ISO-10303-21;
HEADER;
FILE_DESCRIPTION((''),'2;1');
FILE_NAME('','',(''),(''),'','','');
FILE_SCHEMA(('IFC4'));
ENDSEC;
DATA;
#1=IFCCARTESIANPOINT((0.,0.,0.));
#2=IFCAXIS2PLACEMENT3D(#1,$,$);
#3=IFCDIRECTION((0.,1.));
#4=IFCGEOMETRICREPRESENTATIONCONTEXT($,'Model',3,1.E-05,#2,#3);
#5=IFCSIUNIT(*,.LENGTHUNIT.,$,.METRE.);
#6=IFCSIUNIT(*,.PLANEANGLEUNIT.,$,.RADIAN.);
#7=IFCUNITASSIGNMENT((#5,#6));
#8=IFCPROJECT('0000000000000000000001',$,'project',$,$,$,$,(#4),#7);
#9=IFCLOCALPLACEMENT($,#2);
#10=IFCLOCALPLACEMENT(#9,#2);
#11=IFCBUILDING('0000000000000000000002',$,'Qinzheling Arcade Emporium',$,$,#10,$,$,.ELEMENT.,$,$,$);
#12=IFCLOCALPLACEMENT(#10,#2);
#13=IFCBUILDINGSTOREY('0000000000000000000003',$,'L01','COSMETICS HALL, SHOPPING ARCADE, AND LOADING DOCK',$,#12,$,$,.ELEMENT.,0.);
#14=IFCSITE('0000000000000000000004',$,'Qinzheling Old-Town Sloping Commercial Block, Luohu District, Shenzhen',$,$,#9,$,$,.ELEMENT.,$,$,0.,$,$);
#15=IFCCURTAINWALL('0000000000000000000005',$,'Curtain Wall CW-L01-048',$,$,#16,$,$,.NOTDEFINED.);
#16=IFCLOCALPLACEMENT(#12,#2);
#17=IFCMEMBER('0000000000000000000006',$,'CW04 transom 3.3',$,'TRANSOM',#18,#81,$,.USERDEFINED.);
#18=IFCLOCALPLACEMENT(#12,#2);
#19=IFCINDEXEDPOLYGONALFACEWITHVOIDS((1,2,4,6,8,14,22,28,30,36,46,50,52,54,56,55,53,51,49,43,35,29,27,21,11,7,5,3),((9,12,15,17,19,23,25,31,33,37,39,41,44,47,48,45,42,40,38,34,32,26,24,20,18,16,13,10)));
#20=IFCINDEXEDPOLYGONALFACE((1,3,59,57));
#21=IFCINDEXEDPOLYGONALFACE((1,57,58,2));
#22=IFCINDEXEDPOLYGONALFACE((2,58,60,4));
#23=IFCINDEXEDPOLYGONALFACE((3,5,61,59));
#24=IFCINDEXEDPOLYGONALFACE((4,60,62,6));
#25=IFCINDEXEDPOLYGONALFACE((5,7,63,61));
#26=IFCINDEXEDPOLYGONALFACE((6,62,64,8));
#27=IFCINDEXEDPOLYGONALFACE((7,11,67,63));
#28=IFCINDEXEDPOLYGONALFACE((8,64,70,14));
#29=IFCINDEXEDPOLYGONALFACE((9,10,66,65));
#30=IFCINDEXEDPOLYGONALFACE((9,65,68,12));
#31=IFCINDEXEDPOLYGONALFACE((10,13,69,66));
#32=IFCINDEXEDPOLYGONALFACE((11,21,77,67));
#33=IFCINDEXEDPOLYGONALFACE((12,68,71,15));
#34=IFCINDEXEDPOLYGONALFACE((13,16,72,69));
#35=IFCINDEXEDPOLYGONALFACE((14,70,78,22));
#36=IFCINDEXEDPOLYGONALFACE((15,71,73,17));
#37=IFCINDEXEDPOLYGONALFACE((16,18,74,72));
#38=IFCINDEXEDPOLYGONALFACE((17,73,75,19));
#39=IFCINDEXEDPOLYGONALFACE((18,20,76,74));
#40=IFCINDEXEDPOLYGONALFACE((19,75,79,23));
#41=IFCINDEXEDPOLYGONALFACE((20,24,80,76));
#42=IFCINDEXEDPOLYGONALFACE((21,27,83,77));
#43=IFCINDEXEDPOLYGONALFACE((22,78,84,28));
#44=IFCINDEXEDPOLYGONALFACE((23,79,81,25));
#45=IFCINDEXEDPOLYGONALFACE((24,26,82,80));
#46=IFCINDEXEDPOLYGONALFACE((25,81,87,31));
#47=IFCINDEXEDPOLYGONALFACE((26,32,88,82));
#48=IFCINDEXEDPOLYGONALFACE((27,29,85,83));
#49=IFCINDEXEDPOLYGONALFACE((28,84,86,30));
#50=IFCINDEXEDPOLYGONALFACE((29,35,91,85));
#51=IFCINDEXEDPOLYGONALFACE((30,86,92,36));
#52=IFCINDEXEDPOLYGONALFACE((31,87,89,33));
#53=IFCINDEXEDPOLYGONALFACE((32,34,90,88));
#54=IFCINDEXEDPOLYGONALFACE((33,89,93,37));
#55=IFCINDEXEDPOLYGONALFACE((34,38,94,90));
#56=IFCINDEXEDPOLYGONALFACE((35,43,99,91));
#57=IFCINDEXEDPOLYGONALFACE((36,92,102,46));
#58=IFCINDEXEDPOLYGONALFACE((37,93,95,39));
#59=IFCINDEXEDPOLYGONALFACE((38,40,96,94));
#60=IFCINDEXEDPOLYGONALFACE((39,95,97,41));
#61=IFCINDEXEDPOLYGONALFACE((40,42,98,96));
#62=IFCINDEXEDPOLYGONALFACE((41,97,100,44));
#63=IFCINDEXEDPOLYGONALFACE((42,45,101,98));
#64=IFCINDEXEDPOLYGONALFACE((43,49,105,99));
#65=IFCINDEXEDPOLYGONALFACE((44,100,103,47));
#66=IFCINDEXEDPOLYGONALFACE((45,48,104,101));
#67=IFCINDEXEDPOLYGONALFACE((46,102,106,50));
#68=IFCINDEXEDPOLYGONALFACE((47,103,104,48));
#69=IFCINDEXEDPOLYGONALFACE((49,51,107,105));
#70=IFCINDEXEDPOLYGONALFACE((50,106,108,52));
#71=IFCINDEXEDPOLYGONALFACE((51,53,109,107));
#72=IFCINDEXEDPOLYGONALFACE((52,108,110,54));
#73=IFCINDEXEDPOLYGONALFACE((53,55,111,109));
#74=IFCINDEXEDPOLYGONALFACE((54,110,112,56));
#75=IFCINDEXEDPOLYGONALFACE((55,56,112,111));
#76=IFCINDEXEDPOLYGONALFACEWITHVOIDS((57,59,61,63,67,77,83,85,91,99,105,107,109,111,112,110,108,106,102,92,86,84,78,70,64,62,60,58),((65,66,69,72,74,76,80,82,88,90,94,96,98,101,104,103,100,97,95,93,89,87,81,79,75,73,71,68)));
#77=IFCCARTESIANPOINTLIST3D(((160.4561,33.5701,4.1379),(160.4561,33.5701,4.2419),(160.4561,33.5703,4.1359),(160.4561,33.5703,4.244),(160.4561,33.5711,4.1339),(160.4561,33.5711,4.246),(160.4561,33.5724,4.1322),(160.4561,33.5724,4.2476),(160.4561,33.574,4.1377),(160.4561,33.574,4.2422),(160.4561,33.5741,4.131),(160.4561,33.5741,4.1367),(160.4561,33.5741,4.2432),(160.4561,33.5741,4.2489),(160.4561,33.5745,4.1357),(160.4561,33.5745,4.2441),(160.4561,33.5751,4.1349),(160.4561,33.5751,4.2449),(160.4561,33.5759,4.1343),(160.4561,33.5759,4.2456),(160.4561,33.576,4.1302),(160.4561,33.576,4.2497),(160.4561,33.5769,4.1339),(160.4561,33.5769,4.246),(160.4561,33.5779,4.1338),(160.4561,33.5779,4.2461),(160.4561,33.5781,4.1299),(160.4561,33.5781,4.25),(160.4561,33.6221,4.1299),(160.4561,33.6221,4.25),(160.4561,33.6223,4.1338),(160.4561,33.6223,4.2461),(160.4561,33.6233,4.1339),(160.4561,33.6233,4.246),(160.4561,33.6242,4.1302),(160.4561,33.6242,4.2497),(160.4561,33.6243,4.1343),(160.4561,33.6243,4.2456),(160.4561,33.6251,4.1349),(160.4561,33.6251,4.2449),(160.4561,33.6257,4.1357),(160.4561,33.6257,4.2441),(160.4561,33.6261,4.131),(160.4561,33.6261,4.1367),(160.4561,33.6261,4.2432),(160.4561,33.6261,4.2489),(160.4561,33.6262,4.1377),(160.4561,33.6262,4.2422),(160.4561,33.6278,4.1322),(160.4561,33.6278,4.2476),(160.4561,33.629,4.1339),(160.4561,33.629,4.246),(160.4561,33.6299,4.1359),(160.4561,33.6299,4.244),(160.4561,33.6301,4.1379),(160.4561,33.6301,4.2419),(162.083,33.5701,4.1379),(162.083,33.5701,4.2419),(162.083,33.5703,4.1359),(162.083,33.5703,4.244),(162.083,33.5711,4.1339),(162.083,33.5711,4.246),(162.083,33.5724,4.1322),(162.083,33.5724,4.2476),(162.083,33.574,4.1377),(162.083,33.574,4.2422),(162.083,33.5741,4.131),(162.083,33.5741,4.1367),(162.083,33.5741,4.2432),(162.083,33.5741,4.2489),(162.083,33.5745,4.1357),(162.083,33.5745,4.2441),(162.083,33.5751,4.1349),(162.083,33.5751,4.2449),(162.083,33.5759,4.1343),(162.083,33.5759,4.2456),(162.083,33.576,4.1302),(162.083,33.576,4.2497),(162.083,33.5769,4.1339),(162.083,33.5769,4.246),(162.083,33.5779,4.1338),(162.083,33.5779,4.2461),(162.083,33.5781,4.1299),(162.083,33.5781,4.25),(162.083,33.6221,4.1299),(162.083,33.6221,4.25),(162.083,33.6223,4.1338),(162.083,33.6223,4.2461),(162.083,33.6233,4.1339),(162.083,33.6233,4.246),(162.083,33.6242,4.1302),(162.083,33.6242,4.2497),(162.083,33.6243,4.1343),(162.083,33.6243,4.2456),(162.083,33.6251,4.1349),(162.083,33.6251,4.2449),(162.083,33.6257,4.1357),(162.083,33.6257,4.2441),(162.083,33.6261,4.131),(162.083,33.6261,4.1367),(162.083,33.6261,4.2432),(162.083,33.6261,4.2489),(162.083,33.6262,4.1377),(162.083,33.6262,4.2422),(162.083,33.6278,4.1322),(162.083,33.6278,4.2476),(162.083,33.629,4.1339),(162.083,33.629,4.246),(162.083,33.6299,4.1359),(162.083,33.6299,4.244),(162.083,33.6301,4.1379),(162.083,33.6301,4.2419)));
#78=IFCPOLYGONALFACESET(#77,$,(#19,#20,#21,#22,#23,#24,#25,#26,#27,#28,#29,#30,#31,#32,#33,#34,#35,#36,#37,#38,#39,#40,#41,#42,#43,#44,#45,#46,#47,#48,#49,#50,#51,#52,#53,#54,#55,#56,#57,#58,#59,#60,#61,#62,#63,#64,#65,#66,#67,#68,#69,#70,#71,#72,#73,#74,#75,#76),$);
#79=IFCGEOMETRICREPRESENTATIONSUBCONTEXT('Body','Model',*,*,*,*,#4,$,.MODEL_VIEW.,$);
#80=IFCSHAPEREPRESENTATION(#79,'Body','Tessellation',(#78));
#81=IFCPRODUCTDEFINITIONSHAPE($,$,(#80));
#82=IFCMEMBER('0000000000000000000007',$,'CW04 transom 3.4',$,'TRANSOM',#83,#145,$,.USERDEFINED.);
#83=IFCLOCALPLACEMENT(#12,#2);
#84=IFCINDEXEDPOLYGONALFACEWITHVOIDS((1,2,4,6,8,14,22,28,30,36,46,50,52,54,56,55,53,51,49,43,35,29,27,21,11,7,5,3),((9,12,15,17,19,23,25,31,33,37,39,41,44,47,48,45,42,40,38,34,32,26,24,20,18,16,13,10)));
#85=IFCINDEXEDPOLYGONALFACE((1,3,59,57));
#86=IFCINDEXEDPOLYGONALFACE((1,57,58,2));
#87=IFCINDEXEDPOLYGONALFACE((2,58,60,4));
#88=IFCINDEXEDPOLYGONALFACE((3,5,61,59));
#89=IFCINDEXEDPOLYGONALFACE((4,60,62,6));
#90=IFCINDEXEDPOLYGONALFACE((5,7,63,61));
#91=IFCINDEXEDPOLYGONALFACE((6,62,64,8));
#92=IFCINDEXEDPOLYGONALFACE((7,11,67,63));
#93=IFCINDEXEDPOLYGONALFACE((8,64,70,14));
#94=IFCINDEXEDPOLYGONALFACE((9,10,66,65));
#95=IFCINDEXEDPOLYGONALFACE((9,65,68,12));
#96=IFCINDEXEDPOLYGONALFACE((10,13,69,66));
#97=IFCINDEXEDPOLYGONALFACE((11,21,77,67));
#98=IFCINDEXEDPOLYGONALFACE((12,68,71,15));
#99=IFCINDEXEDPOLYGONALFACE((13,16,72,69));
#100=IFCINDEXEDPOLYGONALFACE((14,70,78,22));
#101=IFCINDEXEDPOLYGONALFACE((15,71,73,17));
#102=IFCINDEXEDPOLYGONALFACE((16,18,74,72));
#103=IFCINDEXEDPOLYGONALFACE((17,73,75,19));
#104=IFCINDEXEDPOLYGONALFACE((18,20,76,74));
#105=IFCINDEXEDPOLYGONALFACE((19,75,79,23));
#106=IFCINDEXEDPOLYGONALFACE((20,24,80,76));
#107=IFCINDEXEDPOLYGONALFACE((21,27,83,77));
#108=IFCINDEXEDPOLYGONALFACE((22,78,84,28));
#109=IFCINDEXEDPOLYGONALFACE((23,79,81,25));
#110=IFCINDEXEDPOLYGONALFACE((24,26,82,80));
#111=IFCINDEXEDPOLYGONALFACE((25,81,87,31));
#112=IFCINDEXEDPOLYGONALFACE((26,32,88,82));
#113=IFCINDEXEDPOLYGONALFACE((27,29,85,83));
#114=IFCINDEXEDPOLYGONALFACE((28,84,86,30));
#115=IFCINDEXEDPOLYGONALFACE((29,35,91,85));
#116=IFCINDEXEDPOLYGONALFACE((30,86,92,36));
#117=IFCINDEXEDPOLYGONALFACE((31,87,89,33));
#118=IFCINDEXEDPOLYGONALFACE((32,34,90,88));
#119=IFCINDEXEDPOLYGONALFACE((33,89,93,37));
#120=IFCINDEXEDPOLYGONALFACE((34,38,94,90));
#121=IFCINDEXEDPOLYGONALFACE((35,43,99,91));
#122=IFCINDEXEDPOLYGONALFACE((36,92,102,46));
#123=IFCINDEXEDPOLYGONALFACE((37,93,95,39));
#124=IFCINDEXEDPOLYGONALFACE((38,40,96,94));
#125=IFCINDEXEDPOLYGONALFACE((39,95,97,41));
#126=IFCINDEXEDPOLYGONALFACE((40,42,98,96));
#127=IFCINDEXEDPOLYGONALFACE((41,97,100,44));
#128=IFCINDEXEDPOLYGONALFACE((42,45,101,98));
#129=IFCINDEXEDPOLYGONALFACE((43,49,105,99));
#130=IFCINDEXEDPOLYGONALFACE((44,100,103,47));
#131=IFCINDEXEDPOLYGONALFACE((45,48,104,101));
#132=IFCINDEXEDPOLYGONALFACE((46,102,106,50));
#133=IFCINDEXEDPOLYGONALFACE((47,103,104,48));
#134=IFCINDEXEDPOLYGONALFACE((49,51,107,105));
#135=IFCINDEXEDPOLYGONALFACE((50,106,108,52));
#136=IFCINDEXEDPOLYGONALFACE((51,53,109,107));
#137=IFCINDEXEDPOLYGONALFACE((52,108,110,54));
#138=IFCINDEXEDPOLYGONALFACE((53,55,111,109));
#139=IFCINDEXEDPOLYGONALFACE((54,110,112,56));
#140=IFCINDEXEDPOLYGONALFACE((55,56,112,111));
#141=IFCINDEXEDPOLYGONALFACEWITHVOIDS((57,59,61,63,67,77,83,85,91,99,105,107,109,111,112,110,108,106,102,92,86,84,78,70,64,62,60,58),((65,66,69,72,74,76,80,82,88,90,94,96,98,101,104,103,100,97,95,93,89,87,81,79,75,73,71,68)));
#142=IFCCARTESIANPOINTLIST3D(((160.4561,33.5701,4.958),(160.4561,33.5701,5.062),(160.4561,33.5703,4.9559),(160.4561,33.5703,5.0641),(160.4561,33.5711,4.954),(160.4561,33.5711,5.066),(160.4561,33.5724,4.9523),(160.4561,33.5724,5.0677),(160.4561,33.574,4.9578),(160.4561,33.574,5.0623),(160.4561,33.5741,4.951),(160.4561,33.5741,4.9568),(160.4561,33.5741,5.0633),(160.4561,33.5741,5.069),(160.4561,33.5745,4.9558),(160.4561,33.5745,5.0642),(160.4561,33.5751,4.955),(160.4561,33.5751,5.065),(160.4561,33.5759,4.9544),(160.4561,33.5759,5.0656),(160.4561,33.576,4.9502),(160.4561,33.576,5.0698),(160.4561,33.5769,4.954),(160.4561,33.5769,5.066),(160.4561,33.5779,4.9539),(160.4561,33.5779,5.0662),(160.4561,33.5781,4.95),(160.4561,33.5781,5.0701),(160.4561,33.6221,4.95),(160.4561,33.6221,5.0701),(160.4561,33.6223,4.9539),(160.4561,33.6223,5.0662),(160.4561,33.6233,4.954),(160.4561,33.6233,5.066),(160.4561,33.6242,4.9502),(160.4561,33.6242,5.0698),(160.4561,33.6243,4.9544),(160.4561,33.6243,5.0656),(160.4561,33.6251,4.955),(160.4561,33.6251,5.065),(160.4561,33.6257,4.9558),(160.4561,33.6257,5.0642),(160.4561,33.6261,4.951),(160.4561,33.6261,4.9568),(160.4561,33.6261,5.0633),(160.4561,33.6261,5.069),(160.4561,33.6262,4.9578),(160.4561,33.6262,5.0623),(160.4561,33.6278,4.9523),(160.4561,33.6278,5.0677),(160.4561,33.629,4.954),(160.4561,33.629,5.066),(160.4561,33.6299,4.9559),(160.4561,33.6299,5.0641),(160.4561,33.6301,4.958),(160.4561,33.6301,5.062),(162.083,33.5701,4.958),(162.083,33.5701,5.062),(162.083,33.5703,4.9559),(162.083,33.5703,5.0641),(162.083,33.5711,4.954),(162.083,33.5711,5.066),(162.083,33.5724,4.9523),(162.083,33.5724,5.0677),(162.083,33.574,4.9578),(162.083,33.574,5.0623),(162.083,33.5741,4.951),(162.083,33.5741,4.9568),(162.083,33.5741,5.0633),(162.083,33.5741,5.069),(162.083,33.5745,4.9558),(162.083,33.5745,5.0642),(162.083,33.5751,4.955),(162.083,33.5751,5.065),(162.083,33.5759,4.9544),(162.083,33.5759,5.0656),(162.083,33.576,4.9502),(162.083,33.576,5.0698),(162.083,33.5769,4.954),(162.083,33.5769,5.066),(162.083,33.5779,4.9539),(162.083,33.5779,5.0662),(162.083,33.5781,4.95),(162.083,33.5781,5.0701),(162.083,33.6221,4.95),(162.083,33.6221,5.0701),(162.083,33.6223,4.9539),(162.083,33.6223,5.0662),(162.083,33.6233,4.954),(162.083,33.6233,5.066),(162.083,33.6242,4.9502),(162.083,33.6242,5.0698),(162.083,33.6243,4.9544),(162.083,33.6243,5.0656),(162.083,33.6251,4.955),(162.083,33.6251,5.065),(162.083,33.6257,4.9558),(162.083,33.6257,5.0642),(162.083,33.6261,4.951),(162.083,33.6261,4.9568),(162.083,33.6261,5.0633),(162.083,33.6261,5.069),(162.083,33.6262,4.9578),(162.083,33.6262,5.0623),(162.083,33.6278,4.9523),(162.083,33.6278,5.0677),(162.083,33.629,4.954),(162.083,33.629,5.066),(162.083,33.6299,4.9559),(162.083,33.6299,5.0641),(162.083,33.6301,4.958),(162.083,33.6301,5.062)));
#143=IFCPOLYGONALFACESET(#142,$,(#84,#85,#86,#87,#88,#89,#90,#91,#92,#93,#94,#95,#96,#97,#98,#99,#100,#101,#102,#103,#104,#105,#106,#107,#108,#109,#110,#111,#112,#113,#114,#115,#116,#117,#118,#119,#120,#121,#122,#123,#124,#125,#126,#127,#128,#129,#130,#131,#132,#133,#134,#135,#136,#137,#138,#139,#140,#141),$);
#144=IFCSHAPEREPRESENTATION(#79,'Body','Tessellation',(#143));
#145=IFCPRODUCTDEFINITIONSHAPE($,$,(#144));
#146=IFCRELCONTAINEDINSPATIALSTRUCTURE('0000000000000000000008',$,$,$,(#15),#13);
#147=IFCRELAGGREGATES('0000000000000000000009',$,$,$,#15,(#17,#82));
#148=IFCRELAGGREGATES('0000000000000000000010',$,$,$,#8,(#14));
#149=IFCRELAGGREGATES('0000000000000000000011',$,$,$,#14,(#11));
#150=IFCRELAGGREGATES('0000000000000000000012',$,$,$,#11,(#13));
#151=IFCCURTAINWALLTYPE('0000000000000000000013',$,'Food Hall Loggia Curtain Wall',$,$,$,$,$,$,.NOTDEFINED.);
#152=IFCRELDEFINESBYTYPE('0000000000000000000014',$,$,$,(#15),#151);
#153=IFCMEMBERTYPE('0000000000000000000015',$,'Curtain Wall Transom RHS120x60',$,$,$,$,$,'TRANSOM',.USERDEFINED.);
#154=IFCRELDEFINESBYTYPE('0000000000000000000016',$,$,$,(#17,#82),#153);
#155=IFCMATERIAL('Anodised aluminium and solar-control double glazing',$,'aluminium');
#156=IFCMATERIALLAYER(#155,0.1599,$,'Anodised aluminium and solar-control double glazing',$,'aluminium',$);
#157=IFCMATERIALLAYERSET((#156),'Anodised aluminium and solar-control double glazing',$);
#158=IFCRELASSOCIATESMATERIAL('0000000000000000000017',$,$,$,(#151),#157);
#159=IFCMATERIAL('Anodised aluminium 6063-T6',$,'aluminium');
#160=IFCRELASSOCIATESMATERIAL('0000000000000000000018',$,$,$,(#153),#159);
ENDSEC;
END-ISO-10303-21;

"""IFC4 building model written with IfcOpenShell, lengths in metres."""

from ifc_helpers import new_model, si_unit, direction, frame, origin, origin_2d, place, context, subcontext, project, spatial, hollow_rectangle, extrude, material, layer, layer_set, material_profile, profile_set, type_object, element, aggregate, save


model = new_model("IFC4")

# Units and contexts
model_context = context("Model", 3, precision=1e-05, world=origin(), true_north=direction((0.0, 1.0)))
body_context = subcontext(model_context, "Body", "Model", "MODEL_VIEW")
ifc_project = project(units=[si_unit("LENGTHUNIT", "METRE"), si_unit("PLANEANGLEUNIT", "RADIAN")], contexts=[model_context])

# Site, building, storey
site_placement = place(None, origin())
site = spatial("IfcSite", under=ifc_project, at=site_placement, Name="Qinzheling Old-Town Sloping Commercial Block, Luohu District, Shenzhen", CompositionType="ELEMENT", RefElevation=0.0)
building_placement = place(site_placement, origin())
building = spatial("IfcBuilding", under=site, at=building_placement, Name="Qinzheling Arcade Emporium", CompositionType="ELEMENT")
storey_placement = place(building_placement, origin())
storey = spatial("IfcBuildingStorey", under=building, at=storey_placement, Name="L01", Description="COSMETICS HALL, SHOPPING ARCADE, AND LOADING DOCK", CompositionType="ELEMENT", Elevation=0.0)

# Curtain wall, members
ifc_material_1 = material(Name="Anodised aluminium and solar-control double glazing", Category="aluminium")
ifc_layer_1 = layer(ifc_material_1, 0.1599, Name="Anodised aluminium and solar-control double glazing", Category="aluminium")
ifc_layer_set_1 = layer_set([ifc_layer_1], Name="Anodised aluminium and solar-control double glazing")
curtain_wall_type = type_object("IfcCurtainWallType", Name="Food Hall Loggia Curtain Wall", PredefinedType="NOTDEFINED", material=ifc_layer_set_1)
curtain_wall_placement = place(storey_placement, origin())
curtain_wall = element("IfcCurtainWall", 1, at=curtain_wall_placement, inside=storey, type_object=curtain_wall_type, Name="Curtain Wall CW-L01-048", PredefinedType="NOTDEFINED")
ifc_material_2 = material(Name="Anodised aluminium 6063-T6", Category="aluminium")
ifc_material_profile_1 = material_profile(ifc_material_2, hollow_rectangle(XDim=0.0601, YDim=0.1201, WallThickness=0.0039, InnerFilletRadius=0.0039, OuterFilletRadius=0.0081, at=origin_2d()), Name="RHS 120x60x4", Category="aluminium")
ifc_profile_set_1 = profile_set([ifc_material_profile_1], Name="Anodised aluminium 6063-T6")
member_type_1 = type_object("IfcMemberType", Name="Curtain Wall Transom RHS120x60", ElementType="TRANSOM", PredefinedType="USERDEFINED", material=ifc_profile_set_1)
member_1_placement = place(storey_placement, frame((160.4561, 33.6001, 4.1899), z_axis=(1.0, 0.0, 0.0), x_axis=(0.0, 1.0, 0.0)))
member_1 = element("IfcMember", 2, at=member_1_placement, type_object=member_type_1, Name="CW04 transom 3.3", ObjectType="TRANSOM", PredefinedType="USERDEFINED", context=body_context, shape_type="SweptSolid", body=[
    extrude(hollow_rectangle(XDim=0.0601, YDim=0.1201, WallThickness=0.0039, InnerFilletRadius=0.0039, OuterFilletRadius=0.0081, at=origin_2d()), origin(), (0.0, 0.0, 1.0), 1.627),
])
member_2_placement = place(storey_placement, frame((160.4561, 33.6001, 5.01), z_axis=(1.0, 0.0, 0.0), x_axis=(0.0, 1.0, 0.0)))
member_2 = element("IfcMember", 3, at=member_2_placement, type_object=member_type_1, Name="CW04 transom 3.4", ObjectType="TRANSOM", PredefinedType="USERDEFINED", context=body_context, shape_type="SweptSolid", body=[
    extrude(hollow_rectangle(XDim=0.0601, YDim=0.1201, WallThickness=0.0039, InnerFilletRadius=0.0039, OuterFilletRadius=0.0081, at=origin_2d()), origin(), (0.0, 0.0, 1.0), 1.627),
])
aggregate(curtain_wall, [member_1, member_2])

save(model, "model.ifc")
